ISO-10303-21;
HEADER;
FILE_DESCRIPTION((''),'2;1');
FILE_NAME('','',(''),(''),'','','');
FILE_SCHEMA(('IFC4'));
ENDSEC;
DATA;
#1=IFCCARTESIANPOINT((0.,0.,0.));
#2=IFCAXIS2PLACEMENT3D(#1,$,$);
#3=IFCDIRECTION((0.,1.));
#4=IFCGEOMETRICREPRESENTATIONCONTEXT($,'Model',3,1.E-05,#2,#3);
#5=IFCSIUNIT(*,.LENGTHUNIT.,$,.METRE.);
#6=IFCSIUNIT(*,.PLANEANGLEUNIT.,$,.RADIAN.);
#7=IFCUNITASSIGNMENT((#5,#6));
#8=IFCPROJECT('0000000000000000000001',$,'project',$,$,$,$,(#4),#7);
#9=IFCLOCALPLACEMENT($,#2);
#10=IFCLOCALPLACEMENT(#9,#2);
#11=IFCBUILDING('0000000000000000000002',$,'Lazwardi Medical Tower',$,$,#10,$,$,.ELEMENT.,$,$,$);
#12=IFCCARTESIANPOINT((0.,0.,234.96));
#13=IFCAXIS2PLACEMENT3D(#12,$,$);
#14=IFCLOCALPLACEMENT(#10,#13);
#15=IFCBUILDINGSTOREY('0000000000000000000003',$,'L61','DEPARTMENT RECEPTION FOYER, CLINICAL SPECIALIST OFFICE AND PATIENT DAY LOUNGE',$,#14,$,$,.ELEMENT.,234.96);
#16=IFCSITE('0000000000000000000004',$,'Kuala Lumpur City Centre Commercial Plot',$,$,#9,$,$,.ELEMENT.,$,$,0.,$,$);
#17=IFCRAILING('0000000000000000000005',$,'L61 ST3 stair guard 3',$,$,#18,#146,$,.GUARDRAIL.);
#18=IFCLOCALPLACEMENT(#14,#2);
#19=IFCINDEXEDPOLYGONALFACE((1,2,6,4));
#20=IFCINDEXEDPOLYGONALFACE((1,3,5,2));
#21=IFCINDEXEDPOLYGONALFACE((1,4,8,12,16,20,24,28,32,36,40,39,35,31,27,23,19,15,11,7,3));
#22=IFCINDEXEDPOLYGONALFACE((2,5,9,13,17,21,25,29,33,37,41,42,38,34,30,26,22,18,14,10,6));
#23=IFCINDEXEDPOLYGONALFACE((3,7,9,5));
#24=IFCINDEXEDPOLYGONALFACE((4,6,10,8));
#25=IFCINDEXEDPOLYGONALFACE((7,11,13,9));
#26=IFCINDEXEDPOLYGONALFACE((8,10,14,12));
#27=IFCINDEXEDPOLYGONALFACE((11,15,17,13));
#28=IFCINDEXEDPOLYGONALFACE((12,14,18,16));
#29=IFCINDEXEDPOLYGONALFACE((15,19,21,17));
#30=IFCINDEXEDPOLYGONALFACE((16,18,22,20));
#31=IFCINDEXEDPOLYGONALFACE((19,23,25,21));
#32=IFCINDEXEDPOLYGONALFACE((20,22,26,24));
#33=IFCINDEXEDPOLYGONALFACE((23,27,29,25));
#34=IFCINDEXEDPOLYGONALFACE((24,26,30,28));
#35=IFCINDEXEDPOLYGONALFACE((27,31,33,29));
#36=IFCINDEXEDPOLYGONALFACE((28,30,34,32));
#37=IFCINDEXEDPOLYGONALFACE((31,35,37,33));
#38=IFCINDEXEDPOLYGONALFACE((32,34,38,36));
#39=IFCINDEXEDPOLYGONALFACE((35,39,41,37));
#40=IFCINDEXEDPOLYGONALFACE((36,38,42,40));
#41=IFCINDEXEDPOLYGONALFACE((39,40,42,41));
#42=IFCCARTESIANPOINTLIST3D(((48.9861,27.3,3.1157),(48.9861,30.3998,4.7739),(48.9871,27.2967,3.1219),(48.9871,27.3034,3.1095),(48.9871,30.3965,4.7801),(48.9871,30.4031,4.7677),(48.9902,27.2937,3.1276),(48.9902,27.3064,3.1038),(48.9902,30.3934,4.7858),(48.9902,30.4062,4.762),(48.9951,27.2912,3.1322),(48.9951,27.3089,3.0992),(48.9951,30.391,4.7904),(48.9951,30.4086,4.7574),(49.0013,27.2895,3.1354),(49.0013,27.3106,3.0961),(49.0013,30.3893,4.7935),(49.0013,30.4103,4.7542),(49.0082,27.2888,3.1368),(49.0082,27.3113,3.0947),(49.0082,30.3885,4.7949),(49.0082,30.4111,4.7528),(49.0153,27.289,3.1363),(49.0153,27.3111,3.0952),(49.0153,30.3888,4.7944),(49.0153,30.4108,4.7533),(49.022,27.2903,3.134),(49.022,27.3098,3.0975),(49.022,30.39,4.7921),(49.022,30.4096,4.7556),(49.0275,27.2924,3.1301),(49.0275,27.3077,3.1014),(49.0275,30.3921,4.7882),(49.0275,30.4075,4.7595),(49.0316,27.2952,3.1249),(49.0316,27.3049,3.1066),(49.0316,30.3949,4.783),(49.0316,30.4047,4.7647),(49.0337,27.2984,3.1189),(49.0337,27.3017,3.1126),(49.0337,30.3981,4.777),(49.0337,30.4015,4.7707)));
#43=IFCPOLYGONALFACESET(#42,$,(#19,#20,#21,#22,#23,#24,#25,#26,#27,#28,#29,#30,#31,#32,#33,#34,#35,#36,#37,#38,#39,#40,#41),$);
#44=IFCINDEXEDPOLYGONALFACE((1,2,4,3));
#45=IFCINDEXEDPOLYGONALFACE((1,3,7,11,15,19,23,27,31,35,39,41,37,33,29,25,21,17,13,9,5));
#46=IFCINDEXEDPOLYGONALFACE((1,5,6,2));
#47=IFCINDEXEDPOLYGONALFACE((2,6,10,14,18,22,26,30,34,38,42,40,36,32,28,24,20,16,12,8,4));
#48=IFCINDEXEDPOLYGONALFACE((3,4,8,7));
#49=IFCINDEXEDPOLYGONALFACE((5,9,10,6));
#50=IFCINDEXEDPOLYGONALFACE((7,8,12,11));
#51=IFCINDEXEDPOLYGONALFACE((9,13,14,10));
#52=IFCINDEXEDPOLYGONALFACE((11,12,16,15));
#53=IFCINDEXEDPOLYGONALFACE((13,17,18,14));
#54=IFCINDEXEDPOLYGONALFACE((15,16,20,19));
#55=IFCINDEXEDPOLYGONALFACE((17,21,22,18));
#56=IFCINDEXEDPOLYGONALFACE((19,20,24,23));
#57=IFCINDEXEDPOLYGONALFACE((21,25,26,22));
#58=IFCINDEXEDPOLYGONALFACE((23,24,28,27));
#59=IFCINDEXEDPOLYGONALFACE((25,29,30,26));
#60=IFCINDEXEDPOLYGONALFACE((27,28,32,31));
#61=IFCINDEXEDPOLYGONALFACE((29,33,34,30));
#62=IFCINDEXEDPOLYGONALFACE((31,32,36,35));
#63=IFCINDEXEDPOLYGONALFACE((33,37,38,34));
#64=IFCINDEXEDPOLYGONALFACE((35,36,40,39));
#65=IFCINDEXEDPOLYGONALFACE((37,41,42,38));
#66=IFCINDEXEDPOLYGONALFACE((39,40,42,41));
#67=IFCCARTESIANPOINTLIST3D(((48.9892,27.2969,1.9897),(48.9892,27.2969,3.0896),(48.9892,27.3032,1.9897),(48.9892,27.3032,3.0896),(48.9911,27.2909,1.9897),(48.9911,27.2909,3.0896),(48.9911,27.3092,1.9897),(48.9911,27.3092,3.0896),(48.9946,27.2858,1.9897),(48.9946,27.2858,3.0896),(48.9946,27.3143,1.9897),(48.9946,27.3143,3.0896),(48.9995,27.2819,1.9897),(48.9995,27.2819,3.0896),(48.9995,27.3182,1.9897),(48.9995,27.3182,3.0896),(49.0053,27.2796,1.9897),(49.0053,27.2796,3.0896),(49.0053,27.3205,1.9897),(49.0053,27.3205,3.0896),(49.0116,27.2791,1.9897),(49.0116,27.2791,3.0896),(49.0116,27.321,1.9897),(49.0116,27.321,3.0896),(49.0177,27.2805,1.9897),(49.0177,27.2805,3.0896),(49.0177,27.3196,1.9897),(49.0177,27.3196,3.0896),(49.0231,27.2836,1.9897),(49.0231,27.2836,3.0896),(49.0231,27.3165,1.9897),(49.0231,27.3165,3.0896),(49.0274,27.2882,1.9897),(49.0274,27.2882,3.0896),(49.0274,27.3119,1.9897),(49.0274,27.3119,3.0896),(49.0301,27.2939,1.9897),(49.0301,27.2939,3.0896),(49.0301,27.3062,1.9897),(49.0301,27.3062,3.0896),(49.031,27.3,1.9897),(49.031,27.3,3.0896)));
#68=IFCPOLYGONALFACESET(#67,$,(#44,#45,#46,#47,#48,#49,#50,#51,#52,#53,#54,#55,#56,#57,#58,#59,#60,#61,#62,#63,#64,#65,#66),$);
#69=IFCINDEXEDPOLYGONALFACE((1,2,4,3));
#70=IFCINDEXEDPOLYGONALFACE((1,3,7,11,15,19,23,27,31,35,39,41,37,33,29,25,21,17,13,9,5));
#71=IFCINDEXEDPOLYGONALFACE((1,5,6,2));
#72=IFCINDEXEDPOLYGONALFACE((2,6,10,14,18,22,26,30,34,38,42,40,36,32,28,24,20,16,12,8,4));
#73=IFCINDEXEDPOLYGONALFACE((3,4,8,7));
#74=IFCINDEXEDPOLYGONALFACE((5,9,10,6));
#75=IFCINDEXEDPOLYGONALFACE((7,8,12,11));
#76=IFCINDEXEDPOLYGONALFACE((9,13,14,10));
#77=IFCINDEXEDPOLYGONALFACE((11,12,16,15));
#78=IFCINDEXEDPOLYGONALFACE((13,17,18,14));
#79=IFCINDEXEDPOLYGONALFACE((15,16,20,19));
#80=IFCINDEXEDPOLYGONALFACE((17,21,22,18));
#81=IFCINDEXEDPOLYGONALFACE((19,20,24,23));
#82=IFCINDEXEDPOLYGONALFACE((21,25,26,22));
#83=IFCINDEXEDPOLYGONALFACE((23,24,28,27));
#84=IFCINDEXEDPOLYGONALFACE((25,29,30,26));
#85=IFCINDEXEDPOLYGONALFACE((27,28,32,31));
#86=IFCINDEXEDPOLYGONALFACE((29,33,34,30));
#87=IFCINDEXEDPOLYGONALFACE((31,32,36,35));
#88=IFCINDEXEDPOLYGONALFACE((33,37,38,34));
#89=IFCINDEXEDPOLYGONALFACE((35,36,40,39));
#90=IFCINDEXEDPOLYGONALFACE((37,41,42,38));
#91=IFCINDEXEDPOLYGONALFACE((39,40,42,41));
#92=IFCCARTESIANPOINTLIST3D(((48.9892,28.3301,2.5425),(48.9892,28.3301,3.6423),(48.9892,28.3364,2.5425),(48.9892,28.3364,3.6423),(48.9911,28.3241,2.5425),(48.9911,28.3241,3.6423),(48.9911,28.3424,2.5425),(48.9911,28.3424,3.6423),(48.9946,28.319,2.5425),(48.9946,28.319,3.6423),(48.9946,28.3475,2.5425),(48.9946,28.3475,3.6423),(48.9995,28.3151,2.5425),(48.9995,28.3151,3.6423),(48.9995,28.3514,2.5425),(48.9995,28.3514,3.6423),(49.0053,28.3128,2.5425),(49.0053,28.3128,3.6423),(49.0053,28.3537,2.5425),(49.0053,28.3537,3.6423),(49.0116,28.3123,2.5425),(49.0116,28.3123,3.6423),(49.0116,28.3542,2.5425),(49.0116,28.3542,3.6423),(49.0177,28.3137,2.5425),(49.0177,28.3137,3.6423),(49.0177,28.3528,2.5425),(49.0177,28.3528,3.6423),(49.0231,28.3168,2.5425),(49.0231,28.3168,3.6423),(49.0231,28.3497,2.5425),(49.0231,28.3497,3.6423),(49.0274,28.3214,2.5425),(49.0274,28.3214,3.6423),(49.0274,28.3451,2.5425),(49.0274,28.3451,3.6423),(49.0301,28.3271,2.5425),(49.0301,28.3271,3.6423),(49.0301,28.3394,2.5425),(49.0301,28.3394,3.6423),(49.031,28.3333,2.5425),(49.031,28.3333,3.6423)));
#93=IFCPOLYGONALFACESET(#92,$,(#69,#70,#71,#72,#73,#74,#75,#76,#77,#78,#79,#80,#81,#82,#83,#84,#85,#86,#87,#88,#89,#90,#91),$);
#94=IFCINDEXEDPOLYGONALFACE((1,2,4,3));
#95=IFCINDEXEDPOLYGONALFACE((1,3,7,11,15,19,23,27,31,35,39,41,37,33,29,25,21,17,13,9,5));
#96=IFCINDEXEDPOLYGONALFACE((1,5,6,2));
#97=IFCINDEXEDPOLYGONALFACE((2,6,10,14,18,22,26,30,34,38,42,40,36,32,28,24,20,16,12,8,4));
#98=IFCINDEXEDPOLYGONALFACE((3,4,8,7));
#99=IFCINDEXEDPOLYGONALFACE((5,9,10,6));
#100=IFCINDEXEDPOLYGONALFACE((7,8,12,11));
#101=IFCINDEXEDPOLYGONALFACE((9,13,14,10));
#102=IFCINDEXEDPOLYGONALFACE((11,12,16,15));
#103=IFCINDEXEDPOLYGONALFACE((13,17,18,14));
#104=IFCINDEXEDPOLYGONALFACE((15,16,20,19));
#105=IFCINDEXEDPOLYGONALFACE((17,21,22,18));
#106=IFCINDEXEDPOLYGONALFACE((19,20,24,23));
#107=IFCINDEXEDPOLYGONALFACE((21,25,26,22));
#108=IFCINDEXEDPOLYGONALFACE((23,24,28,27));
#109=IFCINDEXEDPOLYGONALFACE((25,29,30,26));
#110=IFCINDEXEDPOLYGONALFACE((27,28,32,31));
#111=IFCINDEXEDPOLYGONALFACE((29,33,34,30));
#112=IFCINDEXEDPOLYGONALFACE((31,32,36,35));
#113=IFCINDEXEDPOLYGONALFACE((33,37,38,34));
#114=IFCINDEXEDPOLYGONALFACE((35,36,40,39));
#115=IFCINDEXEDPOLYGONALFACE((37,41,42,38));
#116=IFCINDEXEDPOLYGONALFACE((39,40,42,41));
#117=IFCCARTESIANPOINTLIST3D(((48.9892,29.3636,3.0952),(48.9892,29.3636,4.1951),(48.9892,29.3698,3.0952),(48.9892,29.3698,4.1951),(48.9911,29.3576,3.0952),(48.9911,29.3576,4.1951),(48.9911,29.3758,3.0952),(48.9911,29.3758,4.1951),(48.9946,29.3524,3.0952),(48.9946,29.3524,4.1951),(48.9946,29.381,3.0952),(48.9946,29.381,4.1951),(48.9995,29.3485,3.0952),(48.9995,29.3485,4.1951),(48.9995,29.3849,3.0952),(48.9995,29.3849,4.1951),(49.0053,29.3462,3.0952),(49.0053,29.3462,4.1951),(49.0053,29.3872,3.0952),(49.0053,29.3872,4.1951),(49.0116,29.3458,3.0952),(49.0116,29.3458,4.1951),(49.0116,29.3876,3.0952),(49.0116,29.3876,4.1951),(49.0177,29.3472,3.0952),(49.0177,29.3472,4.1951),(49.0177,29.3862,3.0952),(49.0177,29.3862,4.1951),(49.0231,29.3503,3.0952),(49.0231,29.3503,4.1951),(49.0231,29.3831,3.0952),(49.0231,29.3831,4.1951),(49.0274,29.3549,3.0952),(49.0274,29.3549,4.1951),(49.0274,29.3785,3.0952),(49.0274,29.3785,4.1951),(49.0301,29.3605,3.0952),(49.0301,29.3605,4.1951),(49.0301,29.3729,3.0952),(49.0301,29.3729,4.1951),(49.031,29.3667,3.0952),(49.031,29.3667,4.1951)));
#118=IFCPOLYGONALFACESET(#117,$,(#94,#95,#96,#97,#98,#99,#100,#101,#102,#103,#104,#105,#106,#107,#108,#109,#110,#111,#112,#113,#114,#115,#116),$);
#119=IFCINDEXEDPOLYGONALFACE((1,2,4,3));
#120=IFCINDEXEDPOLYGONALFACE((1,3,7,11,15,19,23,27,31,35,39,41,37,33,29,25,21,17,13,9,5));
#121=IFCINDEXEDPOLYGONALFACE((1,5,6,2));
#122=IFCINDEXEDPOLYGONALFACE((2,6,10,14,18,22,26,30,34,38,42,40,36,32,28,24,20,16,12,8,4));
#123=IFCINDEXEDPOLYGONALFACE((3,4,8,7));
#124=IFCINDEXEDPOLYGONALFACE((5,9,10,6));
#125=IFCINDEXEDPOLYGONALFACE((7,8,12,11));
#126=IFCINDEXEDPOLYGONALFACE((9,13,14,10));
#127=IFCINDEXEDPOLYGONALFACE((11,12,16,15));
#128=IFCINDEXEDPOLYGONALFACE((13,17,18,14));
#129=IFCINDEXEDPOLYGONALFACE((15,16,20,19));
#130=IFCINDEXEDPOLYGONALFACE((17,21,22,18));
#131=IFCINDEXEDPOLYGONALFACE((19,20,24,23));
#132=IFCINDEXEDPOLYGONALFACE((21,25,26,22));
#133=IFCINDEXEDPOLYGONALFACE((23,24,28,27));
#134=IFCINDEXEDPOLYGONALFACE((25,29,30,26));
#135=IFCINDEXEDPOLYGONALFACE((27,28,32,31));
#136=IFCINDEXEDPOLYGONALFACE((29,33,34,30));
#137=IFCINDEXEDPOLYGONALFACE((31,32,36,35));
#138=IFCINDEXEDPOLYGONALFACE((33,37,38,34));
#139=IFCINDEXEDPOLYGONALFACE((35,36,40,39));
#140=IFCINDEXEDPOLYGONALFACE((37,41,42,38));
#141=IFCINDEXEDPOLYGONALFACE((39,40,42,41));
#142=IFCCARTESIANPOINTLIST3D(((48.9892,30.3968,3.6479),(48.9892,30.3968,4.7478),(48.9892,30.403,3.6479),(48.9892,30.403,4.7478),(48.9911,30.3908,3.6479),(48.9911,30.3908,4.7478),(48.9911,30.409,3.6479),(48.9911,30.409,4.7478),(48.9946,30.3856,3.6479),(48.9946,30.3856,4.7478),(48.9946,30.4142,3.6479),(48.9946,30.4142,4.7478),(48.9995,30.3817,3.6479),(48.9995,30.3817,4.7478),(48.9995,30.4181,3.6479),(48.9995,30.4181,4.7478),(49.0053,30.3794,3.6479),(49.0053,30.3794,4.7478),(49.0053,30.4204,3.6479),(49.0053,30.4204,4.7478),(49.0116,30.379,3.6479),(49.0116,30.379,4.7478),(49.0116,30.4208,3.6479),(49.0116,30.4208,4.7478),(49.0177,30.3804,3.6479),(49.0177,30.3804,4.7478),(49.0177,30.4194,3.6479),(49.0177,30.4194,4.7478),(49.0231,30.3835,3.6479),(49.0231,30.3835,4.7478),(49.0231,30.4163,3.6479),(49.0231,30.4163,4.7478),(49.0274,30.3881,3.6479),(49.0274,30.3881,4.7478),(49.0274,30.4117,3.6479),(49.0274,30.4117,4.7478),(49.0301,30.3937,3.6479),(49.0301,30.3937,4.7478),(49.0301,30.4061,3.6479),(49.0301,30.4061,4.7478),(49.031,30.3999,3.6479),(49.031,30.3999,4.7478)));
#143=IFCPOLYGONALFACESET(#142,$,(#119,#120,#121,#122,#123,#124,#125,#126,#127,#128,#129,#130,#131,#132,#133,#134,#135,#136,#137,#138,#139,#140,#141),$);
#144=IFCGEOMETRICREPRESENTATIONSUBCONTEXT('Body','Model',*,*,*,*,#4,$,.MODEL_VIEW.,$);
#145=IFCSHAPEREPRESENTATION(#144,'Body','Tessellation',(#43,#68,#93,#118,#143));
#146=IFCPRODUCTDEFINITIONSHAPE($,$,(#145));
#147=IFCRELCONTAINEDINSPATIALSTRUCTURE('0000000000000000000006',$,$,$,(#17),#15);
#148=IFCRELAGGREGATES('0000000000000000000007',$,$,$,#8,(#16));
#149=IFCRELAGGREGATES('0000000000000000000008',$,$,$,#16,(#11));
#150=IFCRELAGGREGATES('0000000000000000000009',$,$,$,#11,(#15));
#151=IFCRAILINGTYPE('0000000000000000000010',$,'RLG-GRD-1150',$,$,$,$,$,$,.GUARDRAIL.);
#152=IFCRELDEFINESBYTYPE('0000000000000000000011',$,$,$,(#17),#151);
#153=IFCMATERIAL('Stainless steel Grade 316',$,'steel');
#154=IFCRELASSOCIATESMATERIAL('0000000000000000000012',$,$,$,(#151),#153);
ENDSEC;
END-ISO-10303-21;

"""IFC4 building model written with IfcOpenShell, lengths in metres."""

from ifc_helpers import new_model, si_unit, direction, frame, origin, origin_2d, place, context, subcontext, project, spatial, circle, extrude, material, type_object, element, save


model = new_model("IFC4")

# Units and contexts
model_context = context("Model", 3, precision=1e-05, world=origin(), true_north=direction((0.0, 1.0)))
body_context = subcontext(model_context, "Body", "Model", "MODEL_VIEW")
ifc_project = project(units=[si_unit("LENGTHUNIT", "METRE"), si_unit("PLANEANGLEUNIT", "RADIAN")], contexts=[model_context])

# Site, building, storey
site_placement = place(None, origin())
site = spatial("IfcSite", under=ifc_project, at=site_placement, Name="Kuala Lumpur City Centre Commercial Plot", CompositionType="ELEMENT", RefElevation=0.0)
building_placement = place(site_placement, origin())
building = spatial("IfcBuilding", under=site, at=building_placement, Name="Lazwardi Medical Tower", CompositionType="ELEMENT")
storey_placement = place(building_placement, frame((0.0, 0.0, 234.96)))
storey = spatial("IfcBuildingStorey", under=building, at=storey_placement, Name="L61", Description="DEPARTMENT RECEPTION FOYER, CLINICAL SPECIALIST OFFICE AND PATIENT DAY LOUNGE", CompositionType="ELEMENT", Elevation=234.96)

# Railing
ifc_material_1 = material(Name="Stainless steel Grade 316", Category="steel")
railing_type_1 = type_object("IfcRailingType", Name="RLG-GRD-1150", PredefinedType="GUARDRAIL", material=ifc_material_1)
railing_1_placement = place(storey_placement, frame((49.01, 27.3, 1.9897)))
element("IfcRailing", 1, at=railing_1_placement, inside=storey, type_object=railing_type_1, Name="L61 ST3 stair guard 3", PredefinedType="GUARDRAIL", context=body_context, shape_type="SweptSolid", body=[
    extrude(circle(Radius=0.0239, at=origin_2d()), frame((0.0, 0.0, 1.126), z_axis=(0.0, 0.881768, 0.471684), x_axis=(-1.0, 0.0, 0.0)), (0.0, 0.0, 1.0), 3.5154),
    extrude(circle(Radius=0.021, at=origin_2d()), origin(), (0.0, 0.0, 1.0), 1.0999),
    extrude(circle(Radius=0.021, at=origin_2d()), frame((0.0, 1.0332, 0.5527)), (0.0, 0.0, 1.0), 1.0999),
    extrude(circle(Radius=0.021, at=origin_2d()), frame((0.0, 2.0667, 1.1055)), (0.0, 0.0, 1.0), 1.0999),
    extrude(circle(Radius=0.021, at=origin_2d()), frame((0.0, 3.0999, 1.6582)), (0.0, 0.0, 1.0), 1.0999),
])

save(model, "model.ifc")
